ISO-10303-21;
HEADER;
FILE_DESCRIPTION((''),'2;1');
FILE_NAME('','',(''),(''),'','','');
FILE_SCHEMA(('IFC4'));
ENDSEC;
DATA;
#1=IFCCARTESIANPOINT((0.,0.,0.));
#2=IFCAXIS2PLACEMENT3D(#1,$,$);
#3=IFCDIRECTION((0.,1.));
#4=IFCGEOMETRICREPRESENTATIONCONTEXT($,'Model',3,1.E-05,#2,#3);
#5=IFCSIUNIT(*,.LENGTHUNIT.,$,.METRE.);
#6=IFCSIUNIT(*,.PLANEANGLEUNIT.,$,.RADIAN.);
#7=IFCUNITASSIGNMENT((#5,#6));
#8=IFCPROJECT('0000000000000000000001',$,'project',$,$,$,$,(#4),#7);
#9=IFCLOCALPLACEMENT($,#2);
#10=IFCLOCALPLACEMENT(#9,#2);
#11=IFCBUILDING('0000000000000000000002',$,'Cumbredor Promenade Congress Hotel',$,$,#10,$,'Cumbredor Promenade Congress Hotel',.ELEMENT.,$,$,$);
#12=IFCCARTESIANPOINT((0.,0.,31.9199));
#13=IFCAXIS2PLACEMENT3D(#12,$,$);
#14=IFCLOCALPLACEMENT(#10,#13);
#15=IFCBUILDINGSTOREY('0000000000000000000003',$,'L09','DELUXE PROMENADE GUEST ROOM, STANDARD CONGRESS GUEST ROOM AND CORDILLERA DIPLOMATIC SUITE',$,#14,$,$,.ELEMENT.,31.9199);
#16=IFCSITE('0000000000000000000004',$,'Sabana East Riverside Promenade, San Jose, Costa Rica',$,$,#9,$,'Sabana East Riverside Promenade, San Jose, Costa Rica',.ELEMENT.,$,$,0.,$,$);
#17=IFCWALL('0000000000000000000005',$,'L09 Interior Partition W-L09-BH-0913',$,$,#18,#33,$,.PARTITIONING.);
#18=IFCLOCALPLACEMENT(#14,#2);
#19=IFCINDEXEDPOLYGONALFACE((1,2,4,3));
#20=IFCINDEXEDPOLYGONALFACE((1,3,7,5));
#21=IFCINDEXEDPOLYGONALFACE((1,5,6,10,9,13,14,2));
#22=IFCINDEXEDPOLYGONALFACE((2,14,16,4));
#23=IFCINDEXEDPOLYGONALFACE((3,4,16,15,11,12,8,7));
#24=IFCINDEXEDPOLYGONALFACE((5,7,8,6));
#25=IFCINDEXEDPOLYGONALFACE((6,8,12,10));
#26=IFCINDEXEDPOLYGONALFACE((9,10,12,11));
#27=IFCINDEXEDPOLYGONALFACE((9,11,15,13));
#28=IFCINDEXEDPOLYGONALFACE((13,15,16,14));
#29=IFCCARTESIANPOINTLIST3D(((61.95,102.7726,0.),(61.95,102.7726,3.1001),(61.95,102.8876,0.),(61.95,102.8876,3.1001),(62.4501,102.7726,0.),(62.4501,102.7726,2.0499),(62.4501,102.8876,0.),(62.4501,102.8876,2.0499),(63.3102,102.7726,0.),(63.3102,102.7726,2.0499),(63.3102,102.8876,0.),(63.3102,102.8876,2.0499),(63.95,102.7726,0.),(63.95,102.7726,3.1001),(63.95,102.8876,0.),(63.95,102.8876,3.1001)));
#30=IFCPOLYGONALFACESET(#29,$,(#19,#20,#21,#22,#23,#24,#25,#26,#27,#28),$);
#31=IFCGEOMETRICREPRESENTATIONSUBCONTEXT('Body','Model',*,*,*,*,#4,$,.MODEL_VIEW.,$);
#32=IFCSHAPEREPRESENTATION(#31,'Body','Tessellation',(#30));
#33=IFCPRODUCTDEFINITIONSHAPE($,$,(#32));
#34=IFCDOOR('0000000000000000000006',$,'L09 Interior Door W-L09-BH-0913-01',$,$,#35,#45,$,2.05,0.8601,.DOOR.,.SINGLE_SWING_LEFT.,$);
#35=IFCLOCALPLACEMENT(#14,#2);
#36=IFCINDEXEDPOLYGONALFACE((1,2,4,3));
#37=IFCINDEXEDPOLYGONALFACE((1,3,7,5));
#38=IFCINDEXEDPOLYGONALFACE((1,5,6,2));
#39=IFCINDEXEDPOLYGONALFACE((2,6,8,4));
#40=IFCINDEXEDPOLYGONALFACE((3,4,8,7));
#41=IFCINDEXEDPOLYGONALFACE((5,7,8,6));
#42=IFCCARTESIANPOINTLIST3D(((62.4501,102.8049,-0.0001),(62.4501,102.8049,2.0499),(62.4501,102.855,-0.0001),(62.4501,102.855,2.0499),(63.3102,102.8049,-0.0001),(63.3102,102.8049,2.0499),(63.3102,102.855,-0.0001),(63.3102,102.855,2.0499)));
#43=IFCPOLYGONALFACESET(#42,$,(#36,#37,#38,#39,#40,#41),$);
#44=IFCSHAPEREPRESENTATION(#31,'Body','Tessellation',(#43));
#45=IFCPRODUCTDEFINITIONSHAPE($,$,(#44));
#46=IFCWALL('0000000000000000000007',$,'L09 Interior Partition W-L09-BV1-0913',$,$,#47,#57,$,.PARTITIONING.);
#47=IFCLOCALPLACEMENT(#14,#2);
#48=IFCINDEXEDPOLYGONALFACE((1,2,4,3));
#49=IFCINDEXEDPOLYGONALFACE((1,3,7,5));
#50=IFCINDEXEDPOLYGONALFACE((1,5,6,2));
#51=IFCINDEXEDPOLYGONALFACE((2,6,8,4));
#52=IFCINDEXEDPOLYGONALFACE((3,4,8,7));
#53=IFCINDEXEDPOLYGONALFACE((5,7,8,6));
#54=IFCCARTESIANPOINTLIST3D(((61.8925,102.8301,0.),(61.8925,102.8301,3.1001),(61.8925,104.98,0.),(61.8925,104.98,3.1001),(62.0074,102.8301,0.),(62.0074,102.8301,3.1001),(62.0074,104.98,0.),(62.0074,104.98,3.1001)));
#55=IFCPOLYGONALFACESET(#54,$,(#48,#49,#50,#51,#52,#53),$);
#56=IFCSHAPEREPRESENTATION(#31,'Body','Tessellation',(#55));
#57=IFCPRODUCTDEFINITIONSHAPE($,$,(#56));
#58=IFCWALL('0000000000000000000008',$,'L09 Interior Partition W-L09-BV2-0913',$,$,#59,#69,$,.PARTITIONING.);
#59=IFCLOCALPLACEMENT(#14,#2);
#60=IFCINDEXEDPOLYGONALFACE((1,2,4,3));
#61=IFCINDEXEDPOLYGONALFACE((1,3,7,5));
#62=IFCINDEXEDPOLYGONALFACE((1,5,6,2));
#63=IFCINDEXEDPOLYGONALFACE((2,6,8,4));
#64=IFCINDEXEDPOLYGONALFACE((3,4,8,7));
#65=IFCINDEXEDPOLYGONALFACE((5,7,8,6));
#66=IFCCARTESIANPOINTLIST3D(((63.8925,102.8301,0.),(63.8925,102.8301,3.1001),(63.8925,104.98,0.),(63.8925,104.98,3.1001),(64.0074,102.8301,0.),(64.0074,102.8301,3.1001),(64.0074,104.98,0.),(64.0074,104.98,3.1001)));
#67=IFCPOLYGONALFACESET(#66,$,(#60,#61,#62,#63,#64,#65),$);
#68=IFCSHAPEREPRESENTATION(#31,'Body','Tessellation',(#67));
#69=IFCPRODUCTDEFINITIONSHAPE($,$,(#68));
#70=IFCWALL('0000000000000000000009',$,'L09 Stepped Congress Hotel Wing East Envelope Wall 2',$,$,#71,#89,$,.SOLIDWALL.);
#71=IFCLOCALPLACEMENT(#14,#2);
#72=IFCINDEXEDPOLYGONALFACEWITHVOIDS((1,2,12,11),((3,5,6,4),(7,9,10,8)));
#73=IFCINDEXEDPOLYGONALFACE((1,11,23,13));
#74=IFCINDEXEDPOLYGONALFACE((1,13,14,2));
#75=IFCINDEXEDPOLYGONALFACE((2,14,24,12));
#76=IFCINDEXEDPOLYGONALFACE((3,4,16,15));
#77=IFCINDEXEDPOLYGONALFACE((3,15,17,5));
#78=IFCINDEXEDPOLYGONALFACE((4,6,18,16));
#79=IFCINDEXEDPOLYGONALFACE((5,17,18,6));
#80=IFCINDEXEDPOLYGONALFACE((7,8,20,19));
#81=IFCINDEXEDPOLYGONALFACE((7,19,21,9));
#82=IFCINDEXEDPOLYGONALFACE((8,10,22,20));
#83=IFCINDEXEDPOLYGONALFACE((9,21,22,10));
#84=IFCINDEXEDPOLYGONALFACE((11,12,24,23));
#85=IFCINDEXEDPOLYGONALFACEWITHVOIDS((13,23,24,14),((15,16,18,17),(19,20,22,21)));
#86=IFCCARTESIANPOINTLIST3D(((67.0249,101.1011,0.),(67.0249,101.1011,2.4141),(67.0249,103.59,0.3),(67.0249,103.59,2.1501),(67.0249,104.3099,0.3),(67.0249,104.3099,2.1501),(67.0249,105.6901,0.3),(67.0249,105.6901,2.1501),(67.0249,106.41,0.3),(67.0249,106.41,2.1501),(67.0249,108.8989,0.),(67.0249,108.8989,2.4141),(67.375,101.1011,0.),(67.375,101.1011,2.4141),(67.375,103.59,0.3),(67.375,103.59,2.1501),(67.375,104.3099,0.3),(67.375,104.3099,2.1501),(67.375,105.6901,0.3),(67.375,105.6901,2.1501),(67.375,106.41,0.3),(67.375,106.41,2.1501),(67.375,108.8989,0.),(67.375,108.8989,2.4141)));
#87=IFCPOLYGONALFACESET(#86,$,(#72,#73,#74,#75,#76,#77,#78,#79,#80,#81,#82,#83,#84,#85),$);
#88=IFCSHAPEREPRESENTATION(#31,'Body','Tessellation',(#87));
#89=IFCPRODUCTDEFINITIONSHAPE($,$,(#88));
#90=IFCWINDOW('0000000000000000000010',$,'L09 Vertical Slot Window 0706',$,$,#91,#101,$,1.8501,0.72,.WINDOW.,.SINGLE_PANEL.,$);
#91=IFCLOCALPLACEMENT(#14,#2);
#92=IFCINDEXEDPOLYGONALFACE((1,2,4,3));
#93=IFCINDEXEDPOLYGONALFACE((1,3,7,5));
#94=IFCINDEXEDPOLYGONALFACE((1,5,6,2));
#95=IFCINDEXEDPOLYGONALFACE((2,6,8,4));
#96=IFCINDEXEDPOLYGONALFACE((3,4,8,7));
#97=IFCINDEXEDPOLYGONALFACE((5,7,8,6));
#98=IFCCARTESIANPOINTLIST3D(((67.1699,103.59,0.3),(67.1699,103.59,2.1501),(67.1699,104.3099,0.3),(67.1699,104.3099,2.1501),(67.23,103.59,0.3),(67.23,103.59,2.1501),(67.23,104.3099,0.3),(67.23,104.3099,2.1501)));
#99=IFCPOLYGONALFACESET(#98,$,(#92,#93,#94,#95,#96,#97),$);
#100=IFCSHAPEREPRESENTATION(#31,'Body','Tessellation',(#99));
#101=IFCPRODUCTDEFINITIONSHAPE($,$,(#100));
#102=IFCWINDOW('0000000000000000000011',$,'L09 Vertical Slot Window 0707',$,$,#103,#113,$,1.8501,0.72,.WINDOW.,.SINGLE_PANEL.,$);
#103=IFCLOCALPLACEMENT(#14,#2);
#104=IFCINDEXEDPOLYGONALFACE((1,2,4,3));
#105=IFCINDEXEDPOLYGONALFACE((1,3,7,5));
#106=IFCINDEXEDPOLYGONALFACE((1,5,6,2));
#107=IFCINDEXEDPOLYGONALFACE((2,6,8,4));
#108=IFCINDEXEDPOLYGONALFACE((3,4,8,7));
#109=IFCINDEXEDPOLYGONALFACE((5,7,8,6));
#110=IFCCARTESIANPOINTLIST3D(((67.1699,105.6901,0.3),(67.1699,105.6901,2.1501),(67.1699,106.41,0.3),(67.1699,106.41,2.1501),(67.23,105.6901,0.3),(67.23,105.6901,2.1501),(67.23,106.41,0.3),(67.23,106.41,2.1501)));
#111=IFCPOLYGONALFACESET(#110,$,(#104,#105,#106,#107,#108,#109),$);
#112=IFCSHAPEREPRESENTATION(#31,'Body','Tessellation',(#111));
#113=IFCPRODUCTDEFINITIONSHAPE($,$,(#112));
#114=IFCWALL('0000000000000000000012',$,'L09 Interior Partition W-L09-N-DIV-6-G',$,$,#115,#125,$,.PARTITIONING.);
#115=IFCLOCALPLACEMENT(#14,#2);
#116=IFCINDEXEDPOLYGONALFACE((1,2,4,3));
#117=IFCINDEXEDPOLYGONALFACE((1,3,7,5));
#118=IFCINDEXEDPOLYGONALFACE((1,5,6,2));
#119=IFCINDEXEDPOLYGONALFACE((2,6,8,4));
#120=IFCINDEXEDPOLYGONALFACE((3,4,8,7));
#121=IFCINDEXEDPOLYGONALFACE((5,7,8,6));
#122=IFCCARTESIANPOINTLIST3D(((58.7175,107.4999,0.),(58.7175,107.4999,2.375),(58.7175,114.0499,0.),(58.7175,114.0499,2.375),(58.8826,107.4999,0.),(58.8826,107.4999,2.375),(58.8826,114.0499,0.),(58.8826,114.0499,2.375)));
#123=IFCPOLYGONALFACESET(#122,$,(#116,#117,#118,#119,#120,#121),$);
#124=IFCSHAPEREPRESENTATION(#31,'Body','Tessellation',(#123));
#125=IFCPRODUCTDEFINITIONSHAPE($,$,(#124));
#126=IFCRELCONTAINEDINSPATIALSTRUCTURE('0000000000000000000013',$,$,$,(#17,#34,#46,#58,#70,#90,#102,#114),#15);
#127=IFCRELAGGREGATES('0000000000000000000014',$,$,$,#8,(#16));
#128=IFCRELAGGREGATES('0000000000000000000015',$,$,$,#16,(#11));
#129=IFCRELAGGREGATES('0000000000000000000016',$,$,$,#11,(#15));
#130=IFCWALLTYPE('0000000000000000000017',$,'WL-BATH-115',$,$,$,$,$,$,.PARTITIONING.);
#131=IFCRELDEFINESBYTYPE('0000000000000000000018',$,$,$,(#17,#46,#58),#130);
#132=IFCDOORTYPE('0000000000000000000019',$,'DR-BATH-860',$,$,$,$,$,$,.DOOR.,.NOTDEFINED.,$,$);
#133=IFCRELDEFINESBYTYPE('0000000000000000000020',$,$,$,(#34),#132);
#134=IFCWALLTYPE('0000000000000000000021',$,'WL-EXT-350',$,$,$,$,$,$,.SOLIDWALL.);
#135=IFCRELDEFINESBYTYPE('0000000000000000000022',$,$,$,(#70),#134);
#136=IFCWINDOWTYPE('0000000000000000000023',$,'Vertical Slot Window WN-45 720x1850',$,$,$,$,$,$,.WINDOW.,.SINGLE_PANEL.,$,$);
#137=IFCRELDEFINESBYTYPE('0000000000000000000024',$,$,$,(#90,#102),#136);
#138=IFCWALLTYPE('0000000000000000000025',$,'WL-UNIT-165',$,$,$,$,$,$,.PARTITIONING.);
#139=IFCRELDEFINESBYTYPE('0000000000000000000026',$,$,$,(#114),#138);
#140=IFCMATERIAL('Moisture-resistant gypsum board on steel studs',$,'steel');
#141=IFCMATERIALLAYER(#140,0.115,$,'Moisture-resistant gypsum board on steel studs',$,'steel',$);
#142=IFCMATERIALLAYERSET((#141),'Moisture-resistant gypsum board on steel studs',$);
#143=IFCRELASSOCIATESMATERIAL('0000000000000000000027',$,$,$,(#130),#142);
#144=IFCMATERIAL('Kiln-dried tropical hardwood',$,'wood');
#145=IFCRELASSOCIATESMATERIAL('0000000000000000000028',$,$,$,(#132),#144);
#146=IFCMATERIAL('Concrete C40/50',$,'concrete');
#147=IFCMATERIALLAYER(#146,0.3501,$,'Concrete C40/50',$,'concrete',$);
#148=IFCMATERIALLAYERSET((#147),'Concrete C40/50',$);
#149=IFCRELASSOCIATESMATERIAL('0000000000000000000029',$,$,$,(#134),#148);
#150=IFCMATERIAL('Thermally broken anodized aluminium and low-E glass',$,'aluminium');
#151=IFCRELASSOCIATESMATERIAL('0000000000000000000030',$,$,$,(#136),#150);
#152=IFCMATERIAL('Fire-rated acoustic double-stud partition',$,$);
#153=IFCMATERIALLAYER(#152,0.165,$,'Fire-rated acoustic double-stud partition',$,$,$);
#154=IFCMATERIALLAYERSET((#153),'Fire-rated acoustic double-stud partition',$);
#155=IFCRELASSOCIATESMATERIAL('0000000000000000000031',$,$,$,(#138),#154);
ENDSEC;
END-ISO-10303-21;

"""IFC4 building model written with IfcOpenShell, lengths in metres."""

from ifc_helpers import new_model, si_unit, direction, frame, frame_2d, origin, place, context, subcontext, project, spatial, rectangle, extrude, material, layer, layer_set, type_object, element, fill, save


model = new_model("IFC4")

# Units and contexts
model_context = context("Model", 3, precision=1e-05, world=origin(), true_north=direction((0.0, 1.0)))
body_context = subcontext(model_context, "Body", "Model", "MODEL_VIEW")
ifc_project = project(units=[si_unit("LENGTHUNIT", "METRE"), si_unit("PLANEANGLEUNIT", "RADIAN")], contexts=[model_context])

# Site, building, storey
site_placement = place(None, origin())
site = spatial("IfcSite", under=ifc_project, at=site_placement, Name="Sabana East Riverside Promenade, San Jose, Costa Rica", LongName="Sabana East Riverside Promenade, San Jose, Costa Rica", CompositionType="ELEMENT", RefElevation=0.0)
building_placement = place(site_placement, origin())
building = spatial("IfcBuilding", under=site, at=building_placement, Name="Cumbredor Promenade Congress Hotel", LongName="Cumbredor Promenade Congress Hotel", CompositionType="ELEMENT")
storey_placement = place(building_placement, frame((0.0, 0.0, 31.9199)))
storey = spatial("IfcBuildingStorey", under=building, at=storey_placement, Name="L09", Description="DELUXE PROMENADE GUEST ROOM, STANDARD CONGRESS GUEST ROOM AND CORDILLERA DIPLOMATIC SUITE", CompositionType="ELEMENT", Elevation=31.9199)

# Shared definitions
ifc_material_1 = material(Name="Concrete C40/50", Category="concrete")

# Shared definitions
ifc_material_2 = material(Name="Thermally broken anodized aluminium and low-E glass", Category="aluminium")

# Wall, opening, door
ifc_material_3 = material(Name="Moisture-resistant gypsum board on steel studs", Category="steel")
ifc_layer_1 = layer(ifc_material_3, 0.115, Name="Moisture-resistant gypsum board on steel studs", Category="steel")
ifc_layer_set_1 = layer_set([ifc_layer_1], Name="Moisture-resistant gypsum board on steel studs")
wall_type_1 = type_object("IfcWallType", Name="WL-BATH-115", PredefinedType="PARTITIONING", material=ifc_layer_set_1)
wall_1_placement = place(storey_placement, frame((61.95, 102.8301, 0.0), z_axis=(0.0, 0.0, 1.0), x_axis=(1.0, 0.0, 0.0)))
wall_1 = element("IfcWall", 1, at=wall_1_placement, inside=storey, type_object=wall_type_1, Name="L09 Interior Partition W-L09-BH-0913", PredefinedType="PARTITIONING", context=body_context, shape_type="SweptSolid", body=[
    extrude(rectangle(XDim=2.0, YDim=0.115, at=frame_2d((1.0, 0.0))), origin(), (0.0, 0.0, 1.0), 3.1001),
])
opening_1_placement = place(wall_1_placement, frame((0.5, 0.0, 0.0)))
opening_1 = element("IfcOpeningElement", 2, at=opening_1_placement, cuts=wall_1, PredefinedType="OPENING", context=body_context, shape_type="SweptSolid", body=[
    extrude(rectangle(XDim=0.8601, YDim=2.05, at=frame_2d((0.4302, 1.0249))), frame((0.0, 0.0674, 0.0), z_axis=(0.0, -1.0, 0.0), x_axis=(1.0, 0.0, 0.0)), (0.0, 0.0, 1.0), 0.135),
])
ifc_material_4 = material(Name="Kiln-dried tropical hardwood", Category="wood")
door_type = type_object("IfcDoorType", Name="DR-BATH-860", OperationType="NOTDEFINED", PredefinedType="DOOR", material=ifc_material_4)
door_placement = place(opening_1_placement, origin())
door = element("IfcDoor", 3, at=door_placement, inside=storey, type_object=door_type, Name="L09 Interior Door W-L09-BH-0913-01", OperationType="SINGLE_SWING_LEFT", OverallHeight=2.05, OverallWidth=0.8601, PredefinedType="DOOR", context=body_context, shape_type="SweptSolid", body=[
    extrude(rectangle(XDim=0.8601, YDim=2.05, at=frame_2d((0.4302, 1.0249))), frame((0.0, 0.0249, 0.0), z_axis=(0.0, -1.0, 0.0), x_axis=(1.0, 0.0, 0.0)), (0.0, 0.0, 1.0), 0.05),
])
fill(opening_1, door)

# Walls
for number, where, z_axis, x_axis, name in (
    (4, (61.95, 102.8301, 0.0), (0.0, 0.0, 1.0), (0.0, 1.0, 0.0), "L09 Interior Partition W-L09-BV1-0913"),
    (5, (63.95, 102.8301, 0.0), (0.0, 0.0, 1.0), (0.0, 1.0, 0.0), "L09 Interior Partition W-L09-BV2-0913"),
):
    element("IfcWall", number, at=place(storey_placement, frame(where, z_axis=z_axis, x_axis=x_axis)), inside=storey, type_object=wall_type_1, Name=name, PredefinedType="PARTITIONING", context=body_context, shape_type="SweptSolid", body=[
        extrude(rectangle(XDim=2.1499, YDim=0.115, at=frame_2d((1.075, 0.0))), origin(), (0.0, 0.0, 1.0), 3.1001),
    ])

# Wall, openings, windows
ifc_layer_2 = layer(ifc_material_1, 0.3501, Name="Concrete C40/50", Category="concrete")
ifc_layer_set_2 = layer_set([ifc_layer_2], Name="Concrete C40/50")
wall_type_2 = type_object("IfcWallType", Name="WL-EXT-350", PredefinedType="SOLIDWALL", material=ifc_layer_set_2)
wall_2_placement = place(storey_placement, frame((67.2, 101.1011, 0.0), z_axis=(0.0, 0.0, 1.0), x_axis=(0.0, 1.0, 0.0)))
wall_2 = element("IfcWall", 6, at=wall_2_placement, inside=storey, type_object=wall_type_2, Name="L09 Stepped Congress Hotel Wing East Envelope Wall 2", PredefinedType="SOLIDWALL", context=body_context, shape_type="SweptSolid", body=[
    extrude(rectangle(XDim=7.7979, YDim=0.3501, at=frame_2d((3.8989, 0.0))), origin(), (0.0, 0.0, 1.0), 2.4141),
])
opening_2_placement = place(wall_2_placement, frame((2.489, 0.0, 0.3)))
opening_2 = element("IfcOpeningElement", 7, at=opening_2_placement, cuts=wall_2, PredefinedType="OPENING", context=body_context, shape_type="SweptSolid", body=[
    extrude(rectangle(XDim=0.72, YDim=1.8501, at=frame_2d((0.3599, 0.925))), frame((0.0, 0.1851, 0.0), z_axis=(0.0, -1.0, 0.0), x_axis=(1.0, 0.0, 0.0)), (0.0, 0.0, 1.0), 0.3701),
])
opening_3_placement = place(wall_2_placement, frame((4.5891, 0.0, 0.3)))
opening_3 = element("IfcOpeningElement", 8, at=opening_3_placement, cuts=wall_2, PredefinedType="OPENING", context=body_context, shape_type="SweptSolid", body=[
    extrude(rectangle(XDim=0.72, YDim=1.8501, at=frame_2d((0.3599, 0.925))), frame((0.0, 0.1851, 0.0), z_axis=(0.0, -1.0, 0.0), x_axis=(1.0, 0.0, 0.0)), (0.0, 0.0, 1.0), 0.3701),
])
window_type = type_object("IfcWindowType", Name="Vertical Slot Window WN-45 720x1850", PartitioningType="SINGLE_PANEL", PredefinedType="WINDOW", material=ifc_material_2)
window_1_placement = place(opening_2_placement, origin())
window_1 = element("IfcWindow", 9, at=window_1_placement, inside=storey, type_object=window_type, Name="L09 Vertical Slot Window 0706", OverallHeight=1.8501, OverallWidth=0.72, PartitioningType="SINGLE_PANEL", PredefinedType="WINDOW", context=body_context, shape_type="SweptSolid", body=[
    extrude(rectangle(XDim=0.72, YDim=1.8501, at=frame_2d((0.3599, 0.925))), frame((0.0, 0.03, 0.0), z_axis=(0.0, -1.0, 0.0), x_axis=(1.0, 0.0, 0.0)), (0.0, 0.0, 1.0), 0.0601),
])
fill(opening_2, window_1)
window_2_placement = place(opening_3_placement, origin())
window_2 = element("IfcWindow", 10, at=window_2_placement, inside=storey, type_object=window_type, Name="L09 Vertical Slot Window 0707", OverallHeight=1.8501, OverallWidth=0.72, PartitioningType="SINGLE_PANEL", PredefinedType="WINDOW", context=body_context, shape_type="SweptSolid", body=[
    extrude(rectangle(XDim=0.72, YDim=1.8501, at=frame_2d((0.3599, 0.925))), frame((0.0, 0.03, 0.0), z_axis=(0.0, -1.0, 0.0), x_axis=(1.0, 0.0, 0.0)), (0.0, 0.0, 1.0), 0.0601),
])
fill(opening_3, window_2)

# Wall
ifc_material_5 = material(Name="Fire-rated acoustic double-stud partition")
ifc_layer_3 = layer(ifc_material_5, 0.165, Name="Fire-rated acoustic double-stud partition")
ifc_layer_set_3 = layer_set([ifc_layer_3], Name="Fire-rated acoustic double-stud partition")
wall_type_3 = type_object("IfcWallType", Name="WL-UNIT-165", PredefinedType="PARTITIONING", material=ifc_layer_set_3)
wall_3_placement = place(storey_placement, frame((58.8, 107.5, 0.0), z_axis=(0.0, 0.0, 1.0), x_axis=(0.0, 1.0, 0.0)))
element("IfcWall", 11, at=wall_3_placement, inside=storey, type_object=wall_type_3, Name="L09 Interior Partition W-L09-N-DIV-6-G", PredefinedType="PARTITIONING", context=body_context, shape_type="SweptSolid", body=[
    extrude(rectangle(XDim=6.55, YDim=0.165, at=frame_2d((3.2749, 0.0))), origin(), (0.0, 0.0, 1.0), 2.375),
])

save(model, "model.ifc")
